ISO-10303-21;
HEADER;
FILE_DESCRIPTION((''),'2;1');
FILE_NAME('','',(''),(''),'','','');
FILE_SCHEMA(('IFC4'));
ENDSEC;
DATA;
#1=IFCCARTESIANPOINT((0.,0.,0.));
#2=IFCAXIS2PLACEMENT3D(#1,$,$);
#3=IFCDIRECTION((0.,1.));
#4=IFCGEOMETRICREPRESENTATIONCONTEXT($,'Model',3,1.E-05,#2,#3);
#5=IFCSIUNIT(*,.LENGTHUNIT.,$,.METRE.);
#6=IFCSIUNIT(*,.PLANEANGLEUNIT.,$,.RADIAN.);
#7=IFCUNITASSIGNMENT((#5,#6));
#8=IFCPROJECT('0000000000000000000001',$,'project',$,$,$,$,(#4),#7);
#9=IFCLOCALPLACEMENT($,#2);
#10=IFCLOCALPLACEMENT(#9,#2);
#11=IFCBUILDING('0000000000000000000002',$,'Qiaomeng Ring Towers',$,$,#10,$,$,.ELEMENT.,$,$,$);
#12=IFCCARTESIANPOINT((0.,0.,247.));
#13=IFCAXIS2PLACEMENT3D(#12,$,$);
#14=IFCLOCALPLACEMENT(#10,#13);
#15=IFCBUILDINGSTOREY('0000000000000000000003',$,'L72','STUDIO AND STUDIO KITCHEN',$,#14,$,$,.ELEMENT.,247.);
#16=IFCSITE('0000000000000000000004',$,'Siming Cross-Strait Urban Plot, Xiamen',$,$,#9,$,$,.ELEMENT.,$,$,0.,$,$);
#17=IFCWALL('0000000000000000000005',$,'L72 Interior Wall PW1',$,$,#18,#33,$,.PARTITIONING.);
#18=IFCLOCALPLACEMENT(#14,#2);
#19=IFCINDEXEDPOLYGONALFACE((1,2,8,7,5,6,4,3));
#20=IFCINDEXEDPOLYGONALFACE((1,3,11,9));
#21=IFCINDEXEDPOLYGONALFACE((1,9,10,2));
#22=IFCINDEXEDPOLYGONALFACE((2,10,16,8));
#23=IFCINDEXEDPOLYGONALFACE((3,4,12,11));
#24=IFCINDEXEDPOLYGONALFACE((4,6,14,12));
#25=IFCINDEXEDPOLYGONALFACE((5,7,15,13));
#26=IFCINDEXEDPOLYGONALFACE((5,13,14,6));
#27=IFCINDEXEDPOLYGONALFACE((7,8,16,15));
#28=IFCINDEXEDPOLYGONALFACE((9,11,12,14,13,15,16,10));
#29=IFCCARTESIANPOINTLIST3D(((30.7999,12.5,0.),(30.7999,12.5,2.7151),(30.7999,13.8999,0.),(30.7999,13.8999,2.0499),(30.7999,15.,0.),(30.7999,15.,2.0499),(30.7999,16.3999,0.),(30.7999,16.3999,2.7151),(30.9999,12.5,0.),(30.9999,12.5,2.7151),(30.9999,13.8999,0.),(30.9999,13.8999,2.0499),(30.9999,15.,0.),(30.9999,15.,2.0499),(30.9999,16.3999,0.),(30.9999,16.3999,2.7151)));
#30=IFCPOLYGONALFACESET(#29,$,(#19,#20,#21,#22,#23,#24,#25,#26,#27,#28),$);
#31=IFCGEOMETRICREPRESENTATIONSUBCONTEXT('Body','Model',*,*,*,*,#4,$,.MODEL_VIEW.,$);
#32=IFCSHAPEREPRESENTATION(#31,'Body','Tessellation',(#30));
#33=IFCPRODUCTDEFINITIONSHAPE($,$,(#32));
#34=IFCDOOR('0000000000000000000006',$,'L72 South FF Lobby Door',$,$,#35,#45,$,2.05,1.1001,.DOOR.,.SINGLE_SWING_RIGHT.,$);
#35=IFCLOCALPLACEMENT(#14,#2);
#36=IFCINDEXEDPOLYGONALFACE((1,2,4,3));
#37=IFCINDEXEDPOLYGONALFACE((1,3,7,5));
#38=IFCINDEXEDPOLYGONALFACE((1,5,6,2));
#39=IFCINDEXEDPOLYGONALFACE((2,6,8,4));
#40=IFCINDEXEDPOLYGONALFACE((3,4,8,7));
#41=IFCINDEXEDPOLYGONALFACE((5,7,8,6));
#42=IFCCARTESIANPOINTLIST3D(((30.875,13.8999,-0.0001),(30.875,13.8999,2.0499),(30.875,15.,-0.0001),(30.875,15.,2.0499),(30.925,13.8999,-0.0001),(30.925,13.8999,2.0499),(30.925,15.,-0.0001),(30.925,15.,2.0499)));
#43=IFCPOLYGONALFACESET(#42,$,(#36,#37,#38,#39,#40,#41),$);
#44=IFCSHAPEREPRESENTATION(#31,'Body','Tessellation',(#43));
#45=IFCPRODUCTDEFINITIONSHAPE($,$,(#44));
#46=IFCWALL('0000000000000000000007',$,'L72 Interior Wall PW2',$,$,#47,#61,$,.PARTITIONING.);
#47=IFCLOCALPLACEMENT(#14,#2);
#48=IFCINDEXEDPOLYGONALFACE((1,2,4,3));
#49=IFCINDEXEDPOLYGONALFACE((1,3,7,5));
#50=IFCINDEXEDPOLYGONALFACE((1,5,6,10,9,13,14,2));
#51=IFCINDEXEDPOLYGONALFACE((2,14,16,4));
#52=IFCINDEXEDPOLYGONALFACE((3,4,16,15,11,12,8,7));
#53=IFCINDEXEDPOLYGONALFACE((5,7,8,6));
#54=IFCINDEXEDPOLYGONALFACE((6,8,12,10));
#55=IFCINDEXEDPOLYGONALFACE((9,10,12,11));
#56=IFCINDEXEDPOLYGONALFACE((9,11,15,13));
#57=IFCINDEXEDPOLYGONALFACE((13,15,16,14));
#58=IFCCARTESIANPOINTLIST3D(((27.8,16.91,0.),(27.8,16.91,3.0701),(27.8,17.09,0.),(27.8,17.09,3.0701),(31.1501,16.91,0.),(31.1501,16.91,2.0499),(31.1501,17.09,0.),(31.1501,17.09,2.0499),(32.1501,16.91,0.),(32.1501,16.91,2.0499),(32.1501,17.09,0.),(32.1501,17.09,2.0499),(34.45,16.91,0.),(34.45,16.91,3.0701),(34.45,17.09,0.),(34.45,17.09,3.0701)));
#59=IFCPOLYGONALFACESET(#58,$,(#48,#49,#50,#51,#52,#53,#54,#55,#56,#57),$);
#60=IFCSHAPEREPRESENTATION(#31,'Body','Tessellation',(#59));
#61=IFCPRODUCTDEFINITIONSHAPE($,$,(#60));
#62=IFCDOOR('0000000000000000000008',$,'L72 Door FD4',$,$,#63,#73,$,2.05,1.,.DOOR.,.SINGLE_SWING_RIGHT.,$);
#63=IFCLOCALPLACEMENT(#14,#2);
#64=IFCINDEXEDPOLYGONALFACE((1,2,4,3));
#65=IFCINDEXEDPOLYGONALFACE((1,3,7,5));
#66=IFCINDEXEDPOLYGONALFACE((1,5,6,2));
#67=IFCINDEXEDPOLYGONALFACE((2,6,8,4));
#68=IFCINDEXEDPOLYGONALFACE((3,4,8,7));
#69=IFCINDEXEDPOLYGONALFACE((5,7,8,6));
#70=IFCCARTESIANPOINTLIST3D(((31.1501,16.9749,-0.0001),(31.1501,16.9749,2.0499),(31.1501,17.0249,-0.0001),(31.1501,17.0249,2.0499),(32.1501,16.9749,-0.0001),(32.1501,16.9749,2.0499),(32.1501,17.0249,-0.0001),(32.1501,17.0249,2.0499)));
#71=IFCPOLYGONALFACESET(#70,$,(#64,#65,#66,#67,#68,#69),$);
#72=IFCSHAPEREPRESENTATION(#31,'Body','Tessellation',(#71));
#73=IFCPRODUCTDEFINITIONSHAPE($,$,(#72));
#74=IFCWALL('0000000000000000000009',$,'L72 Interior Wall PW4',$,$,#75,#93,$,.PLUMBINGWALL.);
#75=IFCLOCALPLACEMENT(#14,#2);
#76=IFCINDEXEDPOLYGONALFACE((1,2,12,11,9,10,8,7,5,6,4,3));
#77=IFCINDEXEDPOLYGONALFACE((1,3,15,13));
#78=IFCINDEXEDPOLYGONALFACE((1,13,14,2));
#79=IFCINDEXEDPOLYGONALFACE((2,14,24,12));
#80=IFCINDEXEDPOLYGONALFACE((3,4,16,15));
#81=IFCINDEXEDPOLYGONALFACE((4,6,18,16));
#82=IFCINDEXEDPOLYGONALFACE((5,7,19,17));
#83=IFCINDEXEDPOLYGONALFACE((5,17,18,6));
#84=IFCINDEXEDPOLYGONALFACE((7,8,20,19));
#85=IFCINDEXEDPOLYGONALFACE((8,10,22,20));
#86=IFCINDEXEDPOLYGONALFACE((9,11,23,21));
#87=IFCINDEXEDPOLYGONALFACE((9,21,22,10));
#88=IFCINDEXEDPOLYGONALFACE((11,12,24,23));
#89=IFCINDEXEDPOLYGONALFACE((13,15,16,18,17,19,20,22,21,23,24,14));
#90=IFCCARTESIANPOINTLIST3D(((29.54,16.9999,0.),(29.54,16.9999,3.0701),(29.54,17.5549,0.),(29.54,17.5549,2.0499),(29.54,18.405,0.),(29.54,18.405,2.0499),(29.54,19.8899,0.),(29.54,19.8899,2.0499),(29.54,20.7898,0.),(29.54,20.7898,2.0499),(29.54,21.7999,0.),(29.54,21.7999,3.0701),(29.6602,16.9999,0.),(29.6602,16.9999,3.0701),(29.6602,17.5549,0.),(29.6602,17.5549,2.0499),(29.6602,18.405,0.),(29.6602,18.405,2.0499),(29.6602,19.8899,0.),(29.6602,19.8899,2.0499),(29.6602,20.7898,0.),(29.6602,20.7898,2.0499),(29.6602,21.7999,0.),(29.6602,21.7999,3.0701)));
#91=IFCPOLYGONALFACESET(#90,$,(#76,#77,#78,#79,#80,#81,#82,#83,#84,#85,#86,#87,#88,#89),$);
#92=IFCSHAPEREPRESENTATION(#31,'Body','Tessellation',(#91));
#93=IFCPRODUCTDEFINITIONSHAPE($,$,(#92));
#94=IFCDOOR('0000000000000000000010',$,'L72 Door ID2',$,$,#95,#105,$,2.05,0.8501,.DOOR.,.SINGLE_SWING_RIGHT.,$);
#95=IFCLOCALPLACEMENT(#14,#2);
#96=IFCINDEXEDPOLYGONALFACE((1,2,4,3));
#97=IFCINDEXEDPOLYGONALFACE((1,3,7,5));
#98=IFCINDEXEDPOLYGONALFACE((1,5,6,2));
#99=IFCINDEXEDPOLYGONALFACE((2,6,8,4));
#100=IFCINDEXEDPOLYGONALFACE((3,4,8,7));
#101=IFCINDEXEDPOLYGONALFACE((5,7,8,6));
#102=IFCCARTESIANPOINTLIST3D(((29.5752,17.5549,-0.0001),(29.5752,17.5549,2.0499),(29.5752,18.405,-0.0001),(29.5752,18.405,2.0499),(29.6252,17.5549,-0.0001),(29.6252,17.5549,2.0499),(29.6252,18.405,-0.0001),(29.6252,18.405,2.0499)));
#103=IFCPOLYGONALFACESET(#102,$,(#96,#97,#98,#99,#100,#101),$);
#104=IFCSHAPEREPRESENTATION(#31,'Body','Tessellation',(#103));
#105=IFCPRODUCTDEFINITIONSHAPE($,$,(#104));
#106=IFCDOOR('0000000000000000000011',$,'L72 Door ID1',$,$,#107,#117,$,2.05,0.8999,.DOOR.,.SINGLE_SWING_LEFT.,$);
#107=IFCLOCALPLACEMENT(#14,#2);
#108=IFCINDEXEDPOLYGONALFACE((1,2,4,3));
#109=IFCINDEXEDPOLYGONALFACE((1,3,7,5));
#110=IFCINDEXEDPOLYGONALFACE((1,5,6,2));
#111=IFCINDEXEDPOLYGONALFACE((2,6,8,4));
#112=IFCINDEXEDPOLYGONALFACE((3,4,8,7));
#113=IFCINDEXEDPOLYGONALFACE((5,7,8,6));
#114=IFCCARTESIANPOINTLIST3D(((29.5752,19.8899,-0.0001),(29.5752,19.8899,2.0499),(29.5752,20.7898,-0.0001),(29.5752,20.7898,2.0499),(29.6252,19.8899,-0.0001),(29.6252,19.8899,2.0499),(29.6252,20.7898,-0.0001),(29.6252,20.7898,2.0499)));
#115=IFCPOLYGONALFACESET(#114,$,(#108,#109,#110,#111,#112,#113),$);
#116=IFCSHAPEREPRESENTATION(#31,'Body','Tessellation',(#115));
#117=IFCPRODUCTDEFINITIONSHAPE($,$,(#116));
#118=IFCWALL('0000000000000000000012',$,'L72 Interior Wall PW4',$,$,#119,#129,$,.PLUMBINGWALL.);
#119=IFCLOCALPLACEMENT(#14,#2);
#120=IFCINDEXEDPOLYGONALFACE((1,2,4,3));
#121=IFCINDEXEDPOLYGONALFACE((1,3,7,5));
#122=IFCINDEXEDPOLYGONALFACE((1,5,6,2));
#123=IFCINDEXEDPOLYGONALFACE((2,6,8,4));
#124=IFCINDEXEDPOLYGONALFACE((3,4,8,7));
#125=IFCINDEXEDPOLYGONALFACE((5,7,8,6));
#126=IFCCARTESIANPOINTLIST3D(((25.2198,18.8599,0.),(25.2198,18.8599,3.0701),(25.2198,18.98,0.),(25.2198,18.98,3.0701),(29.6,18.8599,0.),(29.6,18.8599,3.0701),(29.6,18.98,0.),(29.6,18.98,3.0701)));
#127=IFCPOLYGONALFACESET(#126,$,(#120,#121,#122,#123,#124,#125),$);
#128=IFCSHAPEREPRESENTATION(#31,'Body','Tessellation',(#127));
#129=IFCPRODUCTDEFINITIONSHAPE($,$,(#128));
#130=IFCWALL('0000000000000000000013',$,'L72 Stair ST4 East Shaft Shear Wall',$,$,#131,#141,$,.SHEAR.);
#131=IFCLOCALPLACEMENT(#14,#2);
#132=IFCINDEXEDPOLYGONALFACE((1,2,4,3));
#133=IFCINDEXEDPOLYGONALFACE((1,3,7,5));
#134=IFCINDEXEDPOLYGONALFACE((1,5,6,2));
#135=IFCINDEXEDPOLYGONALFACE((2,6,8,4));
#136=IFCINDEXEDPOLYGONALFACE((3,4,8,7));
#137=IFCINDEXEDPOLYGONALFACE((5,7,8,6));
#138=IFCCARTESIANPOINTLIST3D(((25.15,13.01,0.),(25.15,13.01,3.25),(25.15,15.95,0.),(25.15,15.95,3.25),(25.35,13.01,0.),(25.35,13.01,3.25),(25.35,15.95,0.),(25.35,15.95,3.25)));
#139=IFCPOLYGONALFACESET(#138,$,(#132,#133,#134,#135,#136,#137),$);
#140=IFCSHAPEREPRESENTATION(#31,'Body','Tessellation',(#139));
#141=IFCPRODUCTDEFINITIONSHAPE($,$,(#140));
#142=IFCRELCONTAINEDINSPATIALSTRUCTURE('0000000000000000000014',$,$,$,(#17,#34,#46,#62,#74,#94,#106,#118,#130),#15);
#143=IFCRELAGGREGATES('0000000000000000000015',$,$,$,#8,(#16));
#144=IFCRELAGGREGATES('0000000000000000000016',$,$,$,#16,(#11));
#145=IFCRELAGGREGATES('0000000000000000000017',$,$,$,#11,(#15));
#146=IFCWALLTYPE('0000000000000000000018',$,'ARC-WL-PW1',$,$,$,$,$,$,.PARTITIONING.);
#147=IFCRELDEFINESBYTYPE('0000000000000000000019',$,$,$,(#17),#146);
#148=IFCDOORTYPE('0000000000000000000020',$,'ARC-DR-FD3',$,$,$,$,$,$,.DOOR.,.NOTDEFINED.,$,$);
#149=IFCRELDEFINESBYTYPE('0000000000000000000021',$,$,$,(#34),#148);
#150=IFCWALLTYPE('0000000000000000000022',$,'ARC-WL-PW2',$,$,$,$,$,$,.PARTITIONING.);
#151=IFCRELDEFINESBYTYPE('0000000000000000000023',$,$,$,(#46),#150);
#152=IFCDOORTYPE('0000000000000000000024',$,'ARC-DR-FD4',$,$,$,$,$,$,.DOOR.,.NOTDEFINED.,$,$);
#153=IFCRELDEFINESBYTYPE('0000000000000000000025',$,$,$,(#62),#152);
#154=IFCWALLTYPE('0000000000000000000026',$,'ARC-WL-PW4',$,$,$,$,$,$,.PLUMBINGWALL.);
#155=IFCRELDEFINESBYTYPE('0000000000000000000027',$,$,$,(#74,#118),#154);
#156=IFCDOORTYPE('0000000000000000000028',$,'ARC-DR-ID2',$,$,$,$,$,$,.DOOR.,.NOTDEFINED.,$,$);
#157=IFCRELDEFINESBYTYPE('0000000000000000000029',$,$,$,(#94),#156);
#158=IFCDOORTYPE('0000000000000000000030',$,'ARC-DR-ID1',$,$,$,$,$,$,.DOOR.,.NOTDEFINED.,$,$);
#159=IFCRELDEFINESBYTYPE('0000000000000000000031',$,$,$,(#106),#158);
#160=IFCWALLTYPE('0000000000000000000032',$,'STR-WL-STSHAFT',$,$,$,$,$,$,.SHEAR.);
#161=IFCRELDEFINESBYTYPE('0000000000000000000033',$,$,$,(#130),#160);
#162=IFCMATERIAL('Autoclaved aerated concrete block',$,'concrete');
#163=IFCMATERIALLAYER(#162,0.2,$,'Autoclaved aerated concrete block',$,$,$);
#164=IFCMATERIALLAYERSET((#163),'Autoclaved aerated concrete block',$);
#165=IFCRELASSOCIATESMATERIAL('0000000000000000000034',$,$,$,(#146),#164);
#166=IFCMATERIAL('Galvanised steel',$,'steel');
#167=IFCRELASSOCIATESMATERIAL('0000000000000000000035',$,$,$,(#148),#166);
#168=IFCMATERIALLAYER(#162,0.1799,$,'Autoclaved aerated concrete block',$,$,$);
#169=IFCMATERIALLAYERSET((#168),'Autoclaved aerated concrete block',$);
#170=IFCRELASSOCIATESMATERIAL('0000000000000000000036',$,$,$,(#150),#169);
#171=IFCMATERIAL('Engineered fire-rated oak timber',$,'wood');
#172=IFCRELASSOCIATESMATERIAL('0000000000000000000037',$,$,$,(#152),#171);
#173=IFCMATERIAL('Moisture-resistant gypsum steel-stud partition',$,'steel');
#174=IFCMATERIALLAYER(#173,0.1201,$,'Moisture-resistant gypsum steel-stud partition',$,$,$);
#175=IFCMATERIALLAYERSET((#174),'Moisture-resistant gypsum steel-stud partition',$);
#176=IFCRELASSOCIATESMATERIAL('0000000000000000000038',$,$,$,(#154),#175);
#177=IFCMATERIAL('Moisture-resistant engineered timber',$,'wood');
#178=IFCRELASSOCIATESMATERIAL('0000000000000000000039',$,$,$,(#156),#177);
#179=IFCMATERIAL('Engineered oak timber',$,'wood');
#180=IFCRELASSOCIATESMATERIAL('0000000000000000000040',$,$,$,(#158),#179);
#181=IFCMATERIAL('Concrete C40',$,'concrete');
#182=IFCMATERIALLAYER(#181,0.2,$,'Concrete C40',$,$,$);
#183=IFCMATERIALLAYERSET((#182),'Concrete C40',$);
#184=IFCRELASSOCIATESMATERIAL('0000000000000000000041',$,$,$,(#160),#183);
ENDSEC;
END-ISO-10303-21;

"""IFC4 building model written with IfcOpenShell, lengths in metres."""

from ifc_helpers import new_model, si_unit, direction, frame, frame_2d, origin, place, context, subcontext, project, spatial, rectangle, extrude, source, transform, mapped, material, layer, layer_set, type_object, element, fill, save


model = new_model("IFC4")

# Units and contexts
model_context = context("Model", 3, precision=1e-05, world=origin(), true_north=direction((0.0, 1.0)))
body_context = subcontext(model_context, "Body", "Model", "MODEL_VIEW")
ifc_project = project(units=[si_unit("LENGTHUNIT", "METRE"), si_unit("PLANEANGLEUNIT", "RADIAN")], contexts=[model_context])

# Site, building, storey
site_placement = place(None, origin())
site = spatial("IfcSite", under=ifc_project, at=site_placement, Name="Siming Cross-Strait Urban Plot, Xiamen", CompositionType="ELEMENT", RefElevation=0.0)
building_placement = place(site_placement, origin())
building = spatial("IfcBuilding", under=site, at=building_placement, Name="Qiaomeng Ring Towers", CompositionType="ELEMENT")
storey_placement = place(building_placement, frame((0.0, 0.0, 247.0)))
storey = spatial("IfcBuildingStorey", under=building, at=storey_placement, Name="L72", Description="STUDIO AND STUDIO KITCHEN", CompositionType="ELEMENT", Elevation=247.0)

# Shared definitions
ifc_material_1 = material(Name="Concrete C40", Category="concrete")

# Shared definitions
ifc_material_2 = material(Name="Autoclaved aerated concrete block", Category="concrete")
ifc_layer_1 = layer(ifc_material_2, 0.2, Name="Autoclaved aerated concrete block")
ifc_layer_set_1 = layer_set([ifc_layer_1], Name="Autoclaved aerated concrete block")
wall_type_1 = type_object("IfcWallType", Name="ARC-WL-PW1", PredefinedType="PARTITIONING", material=ifc_layer_set_1)

# Walls, openings, doors
wall_1_placement = place(storey_placement, frame((30.8999, 12.5, 0.0), z_axis=(0.0, 0.0, 1.0), x_axis=(0.0, 1.0, 0.0)))
wall_1 = element("IfcWall", 1, at=wall_1_placement, inside=storey, type_object=wall_type_1, Name="L72 Interior Wall PW1", PredefinedType="PARTITIONING", context=body_context, shape_type="SweptSolid", body=[
    extrude(rectangle(XDim=3.8999, YDim=0.2, at=frame_2d((1.95, 0.0))), origin(), (0.0, 0.0, 1.0), 2.7151),
])
opening_1_placement = place(wall_1_placement, frame((1.3999, 0.0, 0.0)))
opening_1 = element("IfcOpeningElement", 2, at=opening_1_placement, cuts=wall_1, PredefinedType="OPENING", context=body_context, shape_type="SweptSolid", body=[
    extrude(rectangle(XDim=1.1001, YDim=2.05, at=frame_2d((0.55, 1.0249))), frame((0.0, 0.1099, 0.0), z_axis=(0.0, -1.0, 0.0), x_axis=(1.0, 0.0, 0.0)), (0.0, 0.0, 1.0), 0.22),
])
ifc_material_3 = material(Name="Galvanised steel", Category="steel")
door_type_1 = type_object("IfcDoorType", Name="ARC-DR-FD3", OperationType="NOTDEFINED", PredefinedType="DOOR", material=ifc_material_3)
shared_shape_1 = source(origin(), body_context, "Body", "SweptSolid", [
    extrude(rectangle(XDim=1.1001, YDim=2.05, at=frame_2d((0.55, 1.0249))), frame((0.0, 0.0249, 0.0), z_axis=(0.0, -1.0, 0.0), x_axis=(1.0, 0.0, 0.0)), (0.0, 0.0, 1.0), 0.05),
])
door_1_placement = place(opening_1_placement, origin())
door_1 = element("IfcDoor", 3, at=door_1_placement, inside=storey, type_object=door_type_1, Name="L72 South FF Lobby Door", OperationType="SINGLE_SWING_RIGHT", OverallHeight=2.05, OverallWidth=1.1001, PredefinedType="DOOR", context=body_context, shape_type="MappedRepresentation", body=[
    mapped(shared_shape_1, transform((0.0, 0.0, 0.0), x_axis=(1.0, 0.0, 0.0), y_axis=(0.0, 1.0, 0.0), z_axis=(0.0, 0.0, 1.0), scale=1.0)),
])
fill(opening_1, door_1)
ifc_layer_2 = layer(ifc_material_2, 0.1799, Name="Autoclaved aerated concrete block")
ifc_layer_set_2 = layer_set([ifc_layer_2], Name="Autoclaved aerated concrete block")
wall_type_2 = type_object("IfcWallType", Name="ARC-WL-PW2", PredefinedType="PARTITIONING", material=ifc_layer_set_2)
wall_2_placement = place(storey_placement, frame((27.8, 17.0, 0.0), z_axis=(0.0, 0.0, 1.0), x_axis=(1.0, 0.0, 0.0)))
wall_2 = element("IfcWall", 4, at=wall_2_placement, inside=storey, type_object=wall_type_2, Name="L72 Interior Wall PW2", PredefinedType="PARTITIONING", context=body_context, shape_type="SweptSolid", body=[
    extrude(rectangle(XDim=6.6499, YDim=0.1799, at=frame_2d((3.325, 0.0))), origin(), (0.0, 0.0, 1.0), 3.0701),
])
opening_2_placement = place(wall_2_placement, frame((3.3501, 0.0, 0.0)))
opening_2 = element("IfcOpeningElement", 5, at=opening_2_placement, cuts=wall_2, PredefinedType="OPENING", context=body_context, shape_type="SweptSolid", body=[
    extrude(rectangle(XDim=1.0, YDim=2.05, at=frame_2d((0.5, 1.0249))), frame((0.0, 0.0999, 0.0), z_axis=(0.0, -1.0, 0.0), x_axis=(1.0, 0.0, 0.0)), (0.0, 0.0, 1.0), 0.2),
])
ifc_material_4 = material(Name="Engineered fire-rated oak timber", Category="wood")
door_type_2 = type_object("IfcDoorType", Name="ARC-DR-FD4", OperationType="NOTDEFINED", PredefinedType="DOOR", material=ifc_material_4)
shared_shape_2 = source(origin(), body_context, "Body", "SweptSolid", [
    extrude(rectangle(XDim=1.0, YDim=2.05, at=frame_2d((0.5, 1.0249))), frame((0.0, 0.0249, 0.0), z_axis=(0.0, -1.0, 0.0), x_axis=(1.0, 0.0, 0.0)), (0.0, 0.0, 1.0), 0.05),
])
door_2_placement = place(opening_2_placement, origin())
door_2 = element("IfcDoor", 6, at=door_2_placement, inside=storey, type_object=door_type_2, Name="L72 Door FD4", OperationType="SINGLE_SWING_RIGHT", OverallHeight=2.05, OverallWidth=1.0, PredefinedType="DOOR", context=body_context, shape_type="MappedRepresentation", body=[
    mapped(shared_shape_2, transform((0.0, 0.0, 0.0), x_axis=(1.0, 0.0, 0.0), y_axis=(0.0, 1.0, 0.0), z_axis=(0.0, 0.0, 1.0), scale=1.0)),
])
fill(opening_2, door_2)

# Wall, openings, doors
ifc_material_5 = material(Name="Moisture-resistant gypsum steel-stud partition", Category="steel")
ifc_layer_3 = layer(ifc_material_5, 0.1201, Name="Moisture-resistant gypsum steel-stud partition")
ifc_layer_set_3 = layer_set([ifc_layer_3], Name="Moisture-resistant gypsum steel-stud partition")
wall_type_3 = type_object("IfcWallType", Name="ARC-WL-PW4", PredefinedType="PLUMBINGWALL", material=ifc_layer_set_3)
wall_3_placement = place(storey_placement, frame((29.6001, 17.0, 0.0), z_axis=(0.0, 0.0, 1.0), x_axis=(0.0, 1.0, 0.0)))
wall_3 = element("IfcWall", 7, at=wall_3_placement, inside=storey, type_object=wall_type_3, Name="L72 Interior Wall PW4", PredefinedType="PLUMBINGWALL", context=body_context, shape_type="SweptSolid", body=[
    extrude(rectangle(XDim=4.8, YDim=0.1201, at=frame_2d((2.3999, 0.0))), origin(), (0.0, 0.0, 1.0), 3.0701),
])
opening_3_placement = place(wall_3_placement, frame((0.5549, 0.0, 0.0)))
opening_3 = element("IfcOpeningElement", 8, at=opening_3_placement, cuts=wall_3, PredefinedType="OPENING", context=body_context, shape_type="SweptSolid", body=[
    extrude(rectangle(XDim=0.8501, YDim=2.05, at=frame_2d((0.425, 1.0249))), frame((0.0, 0.0701, 0.0), z_axis=(0.0, -1.0, 0.0), x_axis=(1.0, 0.0, 0.0)), (0.0, 0.0, 1.0), 0.1401),
])
opening_4_placement = place(wall_3_placement, frame((2.8899, 0.0, 0.0)))
opening_4 = element("IfcOpeningElement", 9, at=opening_4_placement, cuts=wall_3, PredefinedType="OPENING", context=body_context, shape_type="SweptSolid", body=[
    extrude(rectangle(XDim=0.8999, YDim=2.05, at=frame_2d((0.45, 1.0249))), frame((0.0, 0.0701, 0.0), z_axis=(0.0, -1.0, 0.0), x_axis=(1.0, 0.0, 0.0)), (0.0, 0.0, 1.0), 0.1401),
])
ifc_material_6 = material(Name="Moisture-resistant engineered timber", Category="wood")
door_type_3 = type_object("IfcDoorType", Name="ARC-DR-ID2", OperationType="NOTDEFINED", PredefinedType="DOOR", material=ifc_material_6)
shared_shape_3 = source(origin(), body_context, "Body", "SweptSolid", [
    extrude(rectangle(XDim=0.8501, YDim=2.05, at=frame_2d((0.425, 1.0249))), frame((0.0, 0.0249, 0.0), z_axis=(0.0, -1.0, 0.0), x_axis=(1.0, 0.0, 0.0)), (0.0, 0.0, 1.0), 0.05),
])
door_3_placement = place(opening_3_placement, origin())
door_3 = element("IfcDoor", 10, at=door_3_placement, inside=storey, type_object=door_type_3, Name="L72 Door ID2", OperationType="SINGLE_SWING_RIGHT", OverallHeight=2.05, OverallWidth=0.8501, PredefinedType="DOOR", context=body_context, shape_type="MappedRepresentation", body=[
    mapped(shared_shape_3, transform((0.0, 0.0, 0.0), x_axis=(1.0, 0.0, 0.0), y_axis=(0.0, 1.0, 0.0), z_axis=(0.0, 0.0, 1.0), scale=1.0)),
])
fill(opening_3, door_3)
ifc_material_7 = material(Name="Engineered oak timber", Category="wood")
door_type_4 = type_object("IfcDoorType", Name="ARC-DR-ID1", OperationType="NOTDEFINED", PredefinedType="DOOR", material=ifc_material_7)
shared_shape_4 = source(origin(), body_context, "Body", "SweptSolid", [
    extrude(rectangle(XDim=0.8999, YDim=2.05, at=frame_2d((0.45, 1.0249))), frame((0.0, 0.0249, 0.0), z_axis=(0.0, -1.0, 0.0), x_axis=(1.0, 0.0, 0.0)), (0.0, 0.0, 1.0), 0.05),
])
door_4_placement = place(opening_4_placement, origin())
door_4 = element("IfcDoor", 11, at=door_4_placement, inside=storey, type_object=door_type_4, Name="L72 Door ID1", OperationType="SINGLE_SWING_LEFT", OverallHeight=2.05, OverallWidth=0.8999, PredefinedType="DOOR", context=body_context, shape_type="MappedRepresentation", body=[
    mapped(shared_shape_4, transform((0.0, 0.0, 0.0), x_axis=(1.0, 0.0, 0.0), y_axis=(0.0, 1.0, 0.0), z_axis=(0.0, 0.0, 1.0), scale=1.0)),
])
fill(opening_4, door_4)

# Walls
wall_4_placement = place(storey_placement, frame((25.22, 18.9199, 0.0), z_axis=(0.0, 0.0, 1.0), x_axis=(1.0, 0.0, 0.0)))
element("IfcWall", 12, at=wall_4_placement, inside=storey, type_object=wall_type_3, Name="L72 Interior Wall PW4", PredefinedType="PLUMBINGWALL", context=body_context, shape_type="SweptSolid", body=[
    extrude(rectangle(XDim=4.3801, YDim=0.1201, at=frame_2d((2.1899, 0.0))), origin(), (0.0, 0.0, 1.0), 3.0701),
])
ifc_layer_4 = layer(ifc_material_1, 0.2, Name="Concrete C40")
ifc_layer_set_4 = layer_set([ifc_layer_4], Name="Concrete C40")
wall_type_4 = type_object("IfcWallType", Name="STR-WL-STSHAFT", PredefinedType="SHEAR", material=ifc_layer_set_4)
wall_5_placement = place(storey_placement, frame((25.25, 13.01, 0.0), z_axis=(0.0, 0.0, 1.0), x_axis=(0.0, 1.0, 0.0)))
element("IfcWall", 13, at=wall_5_placement, inside=storey, type_object=wall_type_4, Name="L72 Stair ST4 East Shaft Shear Wall", PredefinedType="SHEAR", context=body_context, shape_type="SweptSolid", body=[
    extrude(rectangle(XDim=2.9399, YDim=0.2, at=frame_2d((1.47, 0.0))), origin(), (0.0, 0.0, 1.0), 3.25),
])

save(model, "model.ifc")
